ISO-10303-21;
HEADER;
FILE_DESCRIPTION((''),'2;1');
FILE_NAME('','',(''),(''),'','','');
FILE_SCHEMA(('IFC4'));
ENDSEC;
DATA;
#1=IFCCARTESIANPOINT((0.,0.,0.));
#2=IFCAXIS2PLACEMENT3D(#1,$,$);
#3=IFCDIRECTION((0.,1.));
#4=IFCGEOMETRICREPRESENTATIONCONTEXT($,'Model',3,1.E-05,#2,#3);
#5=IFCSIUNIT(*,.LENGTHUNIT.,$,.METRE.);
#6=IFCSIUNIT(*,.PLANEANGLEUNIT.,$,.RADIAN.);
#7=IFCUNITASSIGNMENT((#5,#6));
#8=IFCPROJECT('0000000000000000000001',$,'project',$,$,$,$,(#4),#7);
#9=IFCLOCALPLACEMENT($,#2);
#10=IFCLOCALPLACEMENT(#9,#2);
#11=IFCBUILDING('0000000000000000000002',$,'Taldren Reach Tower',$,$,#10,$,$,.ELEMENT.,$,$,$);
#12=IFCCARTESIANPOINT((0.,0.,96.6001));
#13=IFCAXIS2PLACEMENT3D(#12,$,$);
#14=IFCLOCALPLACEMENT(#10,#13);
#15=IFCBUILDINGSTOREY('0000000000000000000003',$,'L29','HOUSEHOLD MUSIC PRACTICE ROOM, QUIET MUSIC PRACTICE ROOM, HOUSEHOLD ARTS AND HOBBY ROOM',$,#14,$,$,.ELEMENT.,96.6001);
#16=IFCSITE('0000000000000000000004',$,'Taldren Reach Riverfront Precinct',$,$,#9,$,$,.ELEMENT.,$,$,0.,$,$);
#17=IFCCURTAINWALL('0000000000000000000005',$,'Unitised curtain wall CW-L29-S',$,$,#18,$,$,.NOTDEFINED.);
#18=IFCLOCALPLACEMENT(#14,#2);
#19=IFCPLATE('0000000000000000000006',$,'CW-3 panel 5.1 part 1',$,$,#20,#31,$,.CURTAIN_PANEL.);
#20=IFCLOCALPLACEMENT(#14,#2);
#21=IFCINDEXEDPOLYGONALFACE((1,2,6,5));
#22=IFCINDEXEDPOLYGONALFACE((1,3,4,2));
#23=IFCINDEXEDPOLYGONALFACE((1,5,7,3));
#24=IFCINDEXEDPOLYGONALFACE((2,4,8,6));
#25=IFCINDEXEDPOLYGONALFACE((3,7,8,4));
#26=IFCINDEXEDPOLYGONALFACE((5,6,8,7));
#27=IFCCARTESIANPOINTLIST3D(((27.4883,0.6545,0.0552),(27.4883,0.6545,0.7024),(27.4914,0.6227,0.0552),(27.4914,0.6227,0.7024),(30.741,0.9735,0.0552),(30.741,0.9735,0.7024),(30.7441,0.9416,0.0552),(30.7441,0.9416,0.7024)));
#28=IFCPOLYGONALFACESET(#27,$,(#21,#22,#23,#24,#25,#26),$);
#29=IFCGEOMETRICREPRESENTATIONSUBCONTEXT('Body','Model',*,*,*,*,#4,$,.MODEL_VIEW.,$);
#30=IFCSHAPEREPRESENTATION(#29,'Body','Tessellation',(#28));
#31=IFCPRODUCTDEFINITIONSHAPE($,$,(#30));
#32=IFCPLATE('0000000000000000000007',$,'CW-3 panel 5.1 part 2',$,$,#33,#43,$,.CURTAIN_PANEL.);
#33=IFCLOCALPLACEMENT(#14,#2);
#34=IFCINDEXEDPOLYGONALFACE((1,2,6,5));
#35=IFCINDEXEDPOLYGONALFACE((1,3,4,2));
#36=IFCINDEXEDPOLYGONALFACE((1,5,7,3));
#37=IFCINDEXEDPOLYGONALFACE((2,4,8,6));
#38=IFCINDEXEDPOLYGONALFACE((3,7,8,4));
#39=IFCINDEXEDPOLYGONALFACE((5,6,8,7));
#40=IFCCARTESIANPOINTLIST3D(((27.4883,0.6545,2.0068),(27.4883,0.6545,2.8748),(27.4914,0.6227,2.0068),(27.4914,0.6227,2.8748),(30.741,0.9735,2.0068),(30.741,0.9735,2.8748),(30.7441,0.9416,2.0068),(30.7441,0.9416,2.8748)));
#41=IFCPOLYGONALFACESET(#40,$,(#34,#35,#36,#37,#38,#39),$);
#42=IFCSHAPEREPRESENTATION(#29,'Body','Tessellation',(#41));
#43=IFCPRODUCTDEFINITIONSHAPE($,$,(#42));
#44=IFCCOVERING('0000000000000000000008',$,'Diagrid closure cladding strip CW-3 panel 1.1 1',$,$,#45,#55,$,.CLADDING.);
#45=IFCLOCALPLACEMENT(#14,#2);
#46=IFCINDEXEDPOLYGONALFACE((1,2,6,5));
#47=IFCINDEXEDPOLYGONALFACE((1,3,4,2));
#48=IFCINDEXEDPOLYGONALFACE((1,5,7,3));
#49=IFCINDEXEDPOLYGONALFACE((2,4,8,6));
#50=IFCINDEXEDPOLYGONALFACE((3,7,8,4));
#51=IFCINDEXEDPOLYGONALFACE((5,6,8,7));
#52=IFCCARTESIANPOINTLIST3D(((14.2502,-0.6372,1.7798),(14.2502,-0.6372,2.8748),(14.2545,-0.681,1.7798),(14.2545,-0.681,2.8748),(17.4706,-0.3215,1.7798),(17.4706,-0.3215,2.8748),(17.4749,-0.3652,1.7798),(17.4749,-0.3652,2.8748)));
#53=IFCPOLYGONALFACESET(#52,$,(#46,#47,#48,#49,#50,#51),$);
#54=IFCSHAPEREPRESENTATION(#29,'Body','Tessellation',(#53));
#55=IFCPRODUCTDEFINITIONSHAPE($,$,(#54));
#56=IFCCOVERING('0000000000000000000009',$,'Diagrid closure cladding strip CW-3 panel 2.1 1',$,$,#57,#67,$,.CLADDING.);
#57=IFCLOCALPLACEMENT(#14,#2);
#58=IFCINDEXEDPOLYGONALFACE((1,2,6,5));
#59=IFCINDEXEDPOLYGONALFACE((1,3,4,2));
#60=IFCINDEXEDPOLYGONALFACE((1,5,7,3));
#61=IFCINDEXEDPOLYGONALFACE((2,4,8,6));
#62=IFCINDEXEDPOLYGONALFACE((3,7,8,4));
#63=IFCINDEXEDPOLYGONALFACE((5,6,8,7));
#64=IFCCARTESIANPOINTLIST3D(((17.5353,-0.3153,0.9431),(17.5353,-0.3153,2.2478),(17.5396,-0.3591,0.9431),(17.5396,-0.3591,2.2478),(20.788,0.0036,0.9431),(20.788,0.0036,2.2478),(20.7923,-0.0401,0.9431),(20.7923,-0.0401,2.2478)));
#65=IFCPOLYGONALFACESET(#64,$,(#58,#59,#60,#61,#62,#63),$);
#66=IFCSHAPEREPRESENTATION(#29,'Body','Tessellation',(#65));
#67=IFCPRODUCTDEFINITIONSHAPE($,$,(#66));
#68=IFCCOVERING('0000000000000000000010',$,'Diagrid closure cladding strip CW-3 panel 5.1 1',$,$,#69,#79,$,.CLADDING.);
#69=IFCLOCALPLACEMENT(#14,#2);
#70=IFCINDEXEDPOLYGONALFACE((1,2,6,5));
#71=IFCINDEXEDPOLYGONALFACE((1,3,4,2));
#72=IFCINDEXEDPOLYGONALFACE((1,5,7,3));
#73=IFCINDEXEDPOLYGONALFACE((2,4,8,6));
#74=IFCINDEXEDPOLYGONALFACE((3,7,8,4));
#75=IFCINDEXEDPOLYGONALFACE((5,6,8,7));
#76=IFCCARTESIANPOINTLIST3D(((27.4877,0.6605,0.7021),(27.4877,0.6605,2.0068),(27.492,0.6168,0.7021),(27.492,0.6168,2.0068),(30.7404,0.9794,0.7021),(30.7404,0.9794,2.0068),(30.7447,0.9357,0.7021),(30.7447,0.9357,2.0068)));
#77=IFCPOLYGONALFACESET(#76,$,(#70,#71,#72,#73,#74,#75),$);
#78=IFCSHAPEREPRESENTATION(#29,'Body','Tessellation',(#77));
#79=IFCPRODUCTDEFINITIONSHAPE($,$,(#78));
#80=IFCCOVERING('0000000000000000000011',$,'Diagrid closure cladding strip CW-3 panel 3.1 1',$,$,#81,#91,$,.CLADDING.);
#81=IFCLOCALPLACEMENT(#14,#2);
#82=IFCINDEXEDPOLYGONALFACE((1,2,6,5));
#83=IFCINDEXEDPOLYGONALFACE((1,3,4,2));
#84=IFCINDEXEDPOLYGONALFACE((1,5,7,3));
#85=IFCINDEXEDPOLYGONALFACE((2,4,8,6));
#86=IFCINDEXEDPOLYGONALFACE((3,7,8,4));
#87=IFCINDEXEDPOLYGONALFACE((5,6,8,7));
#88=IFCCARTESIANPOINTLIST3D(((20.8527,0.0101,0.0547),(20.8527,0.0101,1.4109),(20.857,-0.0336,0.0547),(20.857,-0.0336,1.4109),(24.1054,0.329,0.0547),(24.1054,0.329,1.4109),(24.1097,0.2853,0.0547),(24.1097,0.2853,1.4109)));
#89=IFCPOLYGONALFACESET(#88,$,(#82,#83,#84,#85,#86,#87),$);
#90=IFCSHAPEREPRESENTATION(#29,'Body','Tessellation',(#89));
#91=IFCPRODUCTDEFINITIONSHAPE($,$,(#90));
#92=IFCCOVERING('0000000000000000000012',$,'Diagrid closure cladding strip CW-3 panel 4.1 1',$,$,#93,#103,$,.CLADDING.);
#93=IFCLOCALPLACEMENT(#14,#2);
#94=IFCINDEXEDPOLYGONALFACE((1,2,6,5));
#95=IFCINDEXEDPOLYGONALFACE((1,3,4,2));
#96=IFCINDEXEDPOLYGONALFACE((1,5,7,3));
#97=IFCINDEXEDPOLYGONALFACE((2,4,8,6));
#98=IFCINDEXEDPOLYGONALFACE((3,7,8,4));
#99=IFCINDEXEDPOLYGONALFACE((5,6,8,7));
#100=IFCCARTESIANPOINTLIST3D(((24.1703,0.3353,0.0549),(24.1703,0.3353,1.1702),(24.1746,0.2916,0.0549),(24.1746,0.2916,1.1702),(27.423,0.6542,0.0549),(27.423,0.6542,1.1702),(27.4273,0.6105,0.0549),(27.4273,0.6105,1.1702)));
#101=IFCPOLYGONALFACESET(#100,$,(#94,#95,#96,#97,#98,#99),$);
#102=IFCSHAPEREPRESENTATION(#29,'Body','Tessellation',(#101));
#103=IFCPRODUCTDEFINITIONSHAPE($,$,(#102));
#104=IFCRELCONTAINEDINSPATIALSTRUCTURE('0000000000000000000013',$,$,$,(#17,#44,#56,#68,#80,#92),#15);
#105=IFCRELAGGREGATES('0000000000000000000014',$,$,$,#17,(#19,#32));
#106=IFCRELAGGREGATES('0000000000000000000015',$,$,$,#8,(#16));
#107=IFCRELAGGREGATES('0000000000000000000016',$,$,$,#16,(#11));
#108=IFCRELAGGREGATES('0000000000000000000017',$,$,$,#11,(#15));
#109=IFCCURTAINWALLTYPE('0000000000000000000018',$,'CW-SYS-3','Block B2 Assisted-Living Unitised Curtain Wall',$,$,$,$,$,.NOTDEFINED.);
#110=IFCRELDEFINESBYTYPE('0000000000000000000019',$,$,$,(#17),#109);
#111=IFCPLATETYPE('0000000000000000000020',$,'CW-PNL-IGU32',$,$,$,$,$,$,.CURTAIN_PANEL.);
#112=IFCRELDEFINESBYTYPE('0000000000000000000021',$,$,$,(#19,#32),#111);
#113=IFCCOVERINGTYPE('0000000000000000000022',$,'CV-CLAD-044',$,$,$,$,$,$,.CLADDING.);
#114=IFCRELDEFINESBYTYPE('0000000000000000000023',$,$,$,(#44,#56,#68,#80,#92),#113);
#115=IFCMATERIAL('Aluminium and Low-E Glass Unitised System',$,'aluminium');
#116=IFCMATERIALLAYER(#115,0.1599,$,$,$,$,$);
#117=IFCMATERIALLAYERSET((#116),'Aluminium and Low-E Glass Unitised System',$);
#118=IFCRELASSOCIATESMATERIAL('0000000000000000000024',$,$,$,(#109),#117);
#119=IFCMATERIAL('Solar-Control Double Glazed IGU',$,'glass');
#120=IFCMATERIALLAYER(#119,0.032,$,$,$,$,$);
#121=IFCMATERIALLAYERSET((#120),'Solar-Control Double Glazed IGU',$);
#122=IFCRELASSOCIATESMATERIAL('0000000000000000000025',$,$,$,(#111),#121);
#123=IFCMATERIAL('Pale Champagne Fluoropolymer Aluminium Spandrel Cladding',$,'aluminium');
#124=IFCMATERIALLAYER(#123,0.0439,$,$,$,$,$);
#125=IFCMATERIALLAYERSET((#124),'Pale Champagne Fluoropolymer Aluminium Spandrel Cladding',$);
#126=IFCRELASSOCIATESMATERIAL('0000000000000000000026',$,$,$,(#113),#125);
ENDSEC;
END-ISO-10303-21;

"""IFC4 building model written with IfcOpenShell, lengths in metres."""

from ifc_helpers import new_model, si_unit, direction, frame, origin, origin_2d, place, context, subcontext, project, spatial, rectangle, extrude, source, transform, mapped, material, layer, layer_set, type_object, element, aggregate, save


model = new_model("IFC4")

# Units and contexts
model_context = context("Model", 3, precision=1e-05, world=origin(), true_north=direction((0.0, 1.0)))
body_context = subcontext(model_context, "Body", "Model", "MODEL_VIEW")
ifc_project = project(units=[si_unit("LENGTHUNIT", "METRE"), si_unit("PLANEANGLEUNIT", "RADIAN")], contexts=[model_context])

# Site, building, storey
site_placement = place(None, origin())
site = spatial("IfcSite", under=ifc_project, at=site_placement, Name="Taldren Reach Riverfront Precinct", CompositionType="ELEMENT", RefElevation=0.0)
building_placement = place(site_placement, origin())
building = spatial("IfcBuilding", under=site, at=building_placement, Name="Taldren Reach Tower", CompositionType="ELEMENT")
storey_placement = place(building_placement, frame((0.0, 0.0, 96.6001)))
storey = spatial("IfcBuildingStorey", under=building, at=storey_placement, Name="L29", Description="HOUSEHOLD MUSIC PRACTICE ROOM, QUIET MUSIC PRACTICE ROOM, HOUSEHOLD ARTS AND HOBBY ROOM", CompositionType="ELEMENT", Elevation=96.6001)

# Curtain wall
ifc_material_1 = material(Name="Aluminium and Low-E Glass Unitised System", Category="aluminium")
ifc_layer_1 = layer(ifc_material_1, 0.1599)
ifc_layer_set_1 = layer_set([ifc_layer_1], Name="Aluminium and Low-E Glass Unitised System")
curtain_wall_type = type_object("IfcCurtainWallType", Name="CW-SYS-3", Description="Block B2 Assisted-Living Unitised Curtain Wall", PredefinedType="NOTDEFINED", material=ifc_layer_set_1)
curtain_wall_placement = place(storey_placement, origin())
curtain_wall = element("IfcCurtainWall", 1, at=curtain_wall_placement, inside=storey, type_object=curtain_wall_type, Name="Unitised curtain wall CW-L29-S", PredefinedType="NOTDEFINED")

# Plates
ifc_material_2 = material(Name="Solar-Control Double Glazed IGU", Category="glass")
ifc_layer_2 = layer(ifc_material_2, 0.032)
ifc_layer_set_2 = layer_set([ifc_layer_2], Name="Solar-Control Double Glazed IGU")
plate_type_1 = type_object("IfcPlateType", Name="CW-PNL-IGU32", PredefinedType="CURTAIN_PANEL", material=ifc_layer_set_2)
shared_shape_1 = source(origin(), body_context, "Body", "SweptSolid", [
    extrude(rectangle(XDim=3.2683, YDim=0.032, at=origin_2d()), origin(), (0.0, 0.0, 1.0), 0.6472),
])
plate_1_placement = place(storey_placement, frame((29.1162, 0.7981, 0.0552), z_axis=(0.0, 0.0, 1.0), x_axis=(0.995227, 0.097583, 0.0)))
plate_1 = element("IfcPlate", 2, at=plate_1_placement, type_object=plate_type_1, Name="CW-3 panel 5.1 part 1", PredefinedType="CURTAIN_PANEL", context=body_context, shape_type="MappedRepresentation", body=[
    mapped(shared_shape_1, transform((0.0, 0.0, 0.0), scale=1.0)),
])
shared_shape_2 = source(origin(), body_context, "Body", "SweptSolid", [
    extrude(rectangle(XDim=3.2683, YDim=0.032, at=origin_2d()), origin(), (0.0, 0.0, 1.0), 0.8679),
])
plate_2_placement = place(storey_placement, frame((29.1162, 0.7981, 2.0068), z_axis=(0.0, 0.0, 1.0), x_axis=(0.995227, 0.097583, 0.0)))
plate_2 = element("IfcPlate", 3, at=plate_2_placement, type_object=plate_type_1, Name="CW-3 panel 5.1 part 2", PredefinedType="CURTAIN_PANEL", context=body_context, shape_type="MappedRepresentation", body=[
    mapped(shared_shape_2, transform((0.0, 0.0, 0.0), scale=1.0)),
])
aggregate(curtain_wall, [plate_1, plate_2])

# Coverings
ifc_material_3 = material(Name="Pale Champagne Fluoropolymer Aluminium Spandrel Cladding", Category="aluminium")
ifc_layer_3 = layer(ifc_material_3, 0.0439)
ifc_layer_set_3 = layer_set([ifc_layer_3], Name="Pale Champagne Fluoropolymer Aluminium Spandrel Cladding")
covering_type = type_object("IfcCoveringType", Name="CV-CLAD-044", PredefinedType="CLADDING", material=ifc_layer_set_3)
shared_shape_3 = source(origin(), body_context, "Body", "SweptSolid", [
    extrude(rectangle(XDim=3.2358, YDim=0.0439, at=origin_2d()), origin(), (0.0, 0.0, 1.0), 1.095),
])
covering_1_placement = place(storey_placement, frame((15.8625, -0.5012, 1.7798), z_axis=(0.0, 0.0, 1.0), x_axis=(0.995227, 0.097583, 0.0)))
element("IfcCovering", 4, at=covering_1_placement, inside=storey, type_object=covering_type, Name="Diagrid closure cladding strip CW-3 panel 1.1 1", PredefinedType="CLADDING", context=body_context, shape_type="MappedRepresentation", body=[
    mapped(shared_shape_3, transform((0.0, 0.0, 0.0), scale=1.0)),
])
shared_shape_4 = source(origin(), body_context, "Body", "SweptSolid", [
    extrude(rectangle(XDim=3.2683, YDim=0.0439, at=origin_2d()), origin(), (0.0, 0.0, 1.0), 1.3047),
])
for number, where, z_axis, x_axis, name in (
    (5, (19.1638, -0.1777, 0.9431), (0.0, 0.0, 1.0), (0.995227, 0.097583, 0.0), "Diagrid closure cladding strip CW-3 panel 2.1 1"),
    (6, (29.1162, 0.7981, 0.7021), (0.0, 0.0, 1.0), (0.995227, 0.097583, 0.0), "Diagrid closure cladding strip CW-3 panel 5.1 1"),
):
    element("IfcCovering", number, at=place(storey_placement, frame(where, z_axis=z_axis, x_axis=x_axis)), inside=storey, type_object=covering_type, Name=name, PredefinedType="CLADDING", context=body_context, shape_type="MappedRepresentation", body=[
        mapped(shared_shape_4, transform((0.0, 0.0, 0.0), scale=1.0)),
    ])
shared_shape_5 = source(origin(), body_context, "Body", "SweptSolid", [
    extrude(rectangle(XDim=3.2683, YDim=0.0439, at=origin_2d()), origin(), (0.0, 0.0, 1.0), 1.3562),
])
covering_2_placement = place(storey_placement, frame((22.4812, 0.1477, 0.0547), z_axis=(0.0, 0.0, 1.0), x_axis=(0.995227, 0.097583, 0.0)))
element("IfcCovering", 7, at=covering_2_placement, inside=storey, type_object=covering_type, Name="Diagrid closure cladding strip CW-3 panel 3.1 1", PredefinedType="CLADDING", context=body_context, shape_type="MappedRepresentation", body=[
    mapped(shared_shape_5, transform((0.0, 0.0, 0.0), scale=1.0)),
])
shared_shape_6 = source(origin(), body_context, "Body", "SweptSolid", [
    extrude(rectangle(XDim=3.2683, YDim=0.0439, at=origin_2d()), origin(), (0.0, 0.0, 1.0), 1.1152),
])
covering_3_placement = place(storey_placement, frame((25.7988, 0.4729, 0.0549), z_axis=(0.0, 0.0, 1.0), x_axis=(0.995227, 0.097583, 0.0)))
element("IfcCovering", 8, at=covering_3_placement, inside=storey, type_object=covering_type, Name="Diagrid closure cladding strip CW-3 panel 4.1 1", PredefinedType="CLADDING", context=body_context, shape_type="MappedRepresentation", body=[
    mapped(shared_shape_6, transform((0.0, 0.0, 0.0), scale=1.0)),
])

save(model, "model.ifc")
